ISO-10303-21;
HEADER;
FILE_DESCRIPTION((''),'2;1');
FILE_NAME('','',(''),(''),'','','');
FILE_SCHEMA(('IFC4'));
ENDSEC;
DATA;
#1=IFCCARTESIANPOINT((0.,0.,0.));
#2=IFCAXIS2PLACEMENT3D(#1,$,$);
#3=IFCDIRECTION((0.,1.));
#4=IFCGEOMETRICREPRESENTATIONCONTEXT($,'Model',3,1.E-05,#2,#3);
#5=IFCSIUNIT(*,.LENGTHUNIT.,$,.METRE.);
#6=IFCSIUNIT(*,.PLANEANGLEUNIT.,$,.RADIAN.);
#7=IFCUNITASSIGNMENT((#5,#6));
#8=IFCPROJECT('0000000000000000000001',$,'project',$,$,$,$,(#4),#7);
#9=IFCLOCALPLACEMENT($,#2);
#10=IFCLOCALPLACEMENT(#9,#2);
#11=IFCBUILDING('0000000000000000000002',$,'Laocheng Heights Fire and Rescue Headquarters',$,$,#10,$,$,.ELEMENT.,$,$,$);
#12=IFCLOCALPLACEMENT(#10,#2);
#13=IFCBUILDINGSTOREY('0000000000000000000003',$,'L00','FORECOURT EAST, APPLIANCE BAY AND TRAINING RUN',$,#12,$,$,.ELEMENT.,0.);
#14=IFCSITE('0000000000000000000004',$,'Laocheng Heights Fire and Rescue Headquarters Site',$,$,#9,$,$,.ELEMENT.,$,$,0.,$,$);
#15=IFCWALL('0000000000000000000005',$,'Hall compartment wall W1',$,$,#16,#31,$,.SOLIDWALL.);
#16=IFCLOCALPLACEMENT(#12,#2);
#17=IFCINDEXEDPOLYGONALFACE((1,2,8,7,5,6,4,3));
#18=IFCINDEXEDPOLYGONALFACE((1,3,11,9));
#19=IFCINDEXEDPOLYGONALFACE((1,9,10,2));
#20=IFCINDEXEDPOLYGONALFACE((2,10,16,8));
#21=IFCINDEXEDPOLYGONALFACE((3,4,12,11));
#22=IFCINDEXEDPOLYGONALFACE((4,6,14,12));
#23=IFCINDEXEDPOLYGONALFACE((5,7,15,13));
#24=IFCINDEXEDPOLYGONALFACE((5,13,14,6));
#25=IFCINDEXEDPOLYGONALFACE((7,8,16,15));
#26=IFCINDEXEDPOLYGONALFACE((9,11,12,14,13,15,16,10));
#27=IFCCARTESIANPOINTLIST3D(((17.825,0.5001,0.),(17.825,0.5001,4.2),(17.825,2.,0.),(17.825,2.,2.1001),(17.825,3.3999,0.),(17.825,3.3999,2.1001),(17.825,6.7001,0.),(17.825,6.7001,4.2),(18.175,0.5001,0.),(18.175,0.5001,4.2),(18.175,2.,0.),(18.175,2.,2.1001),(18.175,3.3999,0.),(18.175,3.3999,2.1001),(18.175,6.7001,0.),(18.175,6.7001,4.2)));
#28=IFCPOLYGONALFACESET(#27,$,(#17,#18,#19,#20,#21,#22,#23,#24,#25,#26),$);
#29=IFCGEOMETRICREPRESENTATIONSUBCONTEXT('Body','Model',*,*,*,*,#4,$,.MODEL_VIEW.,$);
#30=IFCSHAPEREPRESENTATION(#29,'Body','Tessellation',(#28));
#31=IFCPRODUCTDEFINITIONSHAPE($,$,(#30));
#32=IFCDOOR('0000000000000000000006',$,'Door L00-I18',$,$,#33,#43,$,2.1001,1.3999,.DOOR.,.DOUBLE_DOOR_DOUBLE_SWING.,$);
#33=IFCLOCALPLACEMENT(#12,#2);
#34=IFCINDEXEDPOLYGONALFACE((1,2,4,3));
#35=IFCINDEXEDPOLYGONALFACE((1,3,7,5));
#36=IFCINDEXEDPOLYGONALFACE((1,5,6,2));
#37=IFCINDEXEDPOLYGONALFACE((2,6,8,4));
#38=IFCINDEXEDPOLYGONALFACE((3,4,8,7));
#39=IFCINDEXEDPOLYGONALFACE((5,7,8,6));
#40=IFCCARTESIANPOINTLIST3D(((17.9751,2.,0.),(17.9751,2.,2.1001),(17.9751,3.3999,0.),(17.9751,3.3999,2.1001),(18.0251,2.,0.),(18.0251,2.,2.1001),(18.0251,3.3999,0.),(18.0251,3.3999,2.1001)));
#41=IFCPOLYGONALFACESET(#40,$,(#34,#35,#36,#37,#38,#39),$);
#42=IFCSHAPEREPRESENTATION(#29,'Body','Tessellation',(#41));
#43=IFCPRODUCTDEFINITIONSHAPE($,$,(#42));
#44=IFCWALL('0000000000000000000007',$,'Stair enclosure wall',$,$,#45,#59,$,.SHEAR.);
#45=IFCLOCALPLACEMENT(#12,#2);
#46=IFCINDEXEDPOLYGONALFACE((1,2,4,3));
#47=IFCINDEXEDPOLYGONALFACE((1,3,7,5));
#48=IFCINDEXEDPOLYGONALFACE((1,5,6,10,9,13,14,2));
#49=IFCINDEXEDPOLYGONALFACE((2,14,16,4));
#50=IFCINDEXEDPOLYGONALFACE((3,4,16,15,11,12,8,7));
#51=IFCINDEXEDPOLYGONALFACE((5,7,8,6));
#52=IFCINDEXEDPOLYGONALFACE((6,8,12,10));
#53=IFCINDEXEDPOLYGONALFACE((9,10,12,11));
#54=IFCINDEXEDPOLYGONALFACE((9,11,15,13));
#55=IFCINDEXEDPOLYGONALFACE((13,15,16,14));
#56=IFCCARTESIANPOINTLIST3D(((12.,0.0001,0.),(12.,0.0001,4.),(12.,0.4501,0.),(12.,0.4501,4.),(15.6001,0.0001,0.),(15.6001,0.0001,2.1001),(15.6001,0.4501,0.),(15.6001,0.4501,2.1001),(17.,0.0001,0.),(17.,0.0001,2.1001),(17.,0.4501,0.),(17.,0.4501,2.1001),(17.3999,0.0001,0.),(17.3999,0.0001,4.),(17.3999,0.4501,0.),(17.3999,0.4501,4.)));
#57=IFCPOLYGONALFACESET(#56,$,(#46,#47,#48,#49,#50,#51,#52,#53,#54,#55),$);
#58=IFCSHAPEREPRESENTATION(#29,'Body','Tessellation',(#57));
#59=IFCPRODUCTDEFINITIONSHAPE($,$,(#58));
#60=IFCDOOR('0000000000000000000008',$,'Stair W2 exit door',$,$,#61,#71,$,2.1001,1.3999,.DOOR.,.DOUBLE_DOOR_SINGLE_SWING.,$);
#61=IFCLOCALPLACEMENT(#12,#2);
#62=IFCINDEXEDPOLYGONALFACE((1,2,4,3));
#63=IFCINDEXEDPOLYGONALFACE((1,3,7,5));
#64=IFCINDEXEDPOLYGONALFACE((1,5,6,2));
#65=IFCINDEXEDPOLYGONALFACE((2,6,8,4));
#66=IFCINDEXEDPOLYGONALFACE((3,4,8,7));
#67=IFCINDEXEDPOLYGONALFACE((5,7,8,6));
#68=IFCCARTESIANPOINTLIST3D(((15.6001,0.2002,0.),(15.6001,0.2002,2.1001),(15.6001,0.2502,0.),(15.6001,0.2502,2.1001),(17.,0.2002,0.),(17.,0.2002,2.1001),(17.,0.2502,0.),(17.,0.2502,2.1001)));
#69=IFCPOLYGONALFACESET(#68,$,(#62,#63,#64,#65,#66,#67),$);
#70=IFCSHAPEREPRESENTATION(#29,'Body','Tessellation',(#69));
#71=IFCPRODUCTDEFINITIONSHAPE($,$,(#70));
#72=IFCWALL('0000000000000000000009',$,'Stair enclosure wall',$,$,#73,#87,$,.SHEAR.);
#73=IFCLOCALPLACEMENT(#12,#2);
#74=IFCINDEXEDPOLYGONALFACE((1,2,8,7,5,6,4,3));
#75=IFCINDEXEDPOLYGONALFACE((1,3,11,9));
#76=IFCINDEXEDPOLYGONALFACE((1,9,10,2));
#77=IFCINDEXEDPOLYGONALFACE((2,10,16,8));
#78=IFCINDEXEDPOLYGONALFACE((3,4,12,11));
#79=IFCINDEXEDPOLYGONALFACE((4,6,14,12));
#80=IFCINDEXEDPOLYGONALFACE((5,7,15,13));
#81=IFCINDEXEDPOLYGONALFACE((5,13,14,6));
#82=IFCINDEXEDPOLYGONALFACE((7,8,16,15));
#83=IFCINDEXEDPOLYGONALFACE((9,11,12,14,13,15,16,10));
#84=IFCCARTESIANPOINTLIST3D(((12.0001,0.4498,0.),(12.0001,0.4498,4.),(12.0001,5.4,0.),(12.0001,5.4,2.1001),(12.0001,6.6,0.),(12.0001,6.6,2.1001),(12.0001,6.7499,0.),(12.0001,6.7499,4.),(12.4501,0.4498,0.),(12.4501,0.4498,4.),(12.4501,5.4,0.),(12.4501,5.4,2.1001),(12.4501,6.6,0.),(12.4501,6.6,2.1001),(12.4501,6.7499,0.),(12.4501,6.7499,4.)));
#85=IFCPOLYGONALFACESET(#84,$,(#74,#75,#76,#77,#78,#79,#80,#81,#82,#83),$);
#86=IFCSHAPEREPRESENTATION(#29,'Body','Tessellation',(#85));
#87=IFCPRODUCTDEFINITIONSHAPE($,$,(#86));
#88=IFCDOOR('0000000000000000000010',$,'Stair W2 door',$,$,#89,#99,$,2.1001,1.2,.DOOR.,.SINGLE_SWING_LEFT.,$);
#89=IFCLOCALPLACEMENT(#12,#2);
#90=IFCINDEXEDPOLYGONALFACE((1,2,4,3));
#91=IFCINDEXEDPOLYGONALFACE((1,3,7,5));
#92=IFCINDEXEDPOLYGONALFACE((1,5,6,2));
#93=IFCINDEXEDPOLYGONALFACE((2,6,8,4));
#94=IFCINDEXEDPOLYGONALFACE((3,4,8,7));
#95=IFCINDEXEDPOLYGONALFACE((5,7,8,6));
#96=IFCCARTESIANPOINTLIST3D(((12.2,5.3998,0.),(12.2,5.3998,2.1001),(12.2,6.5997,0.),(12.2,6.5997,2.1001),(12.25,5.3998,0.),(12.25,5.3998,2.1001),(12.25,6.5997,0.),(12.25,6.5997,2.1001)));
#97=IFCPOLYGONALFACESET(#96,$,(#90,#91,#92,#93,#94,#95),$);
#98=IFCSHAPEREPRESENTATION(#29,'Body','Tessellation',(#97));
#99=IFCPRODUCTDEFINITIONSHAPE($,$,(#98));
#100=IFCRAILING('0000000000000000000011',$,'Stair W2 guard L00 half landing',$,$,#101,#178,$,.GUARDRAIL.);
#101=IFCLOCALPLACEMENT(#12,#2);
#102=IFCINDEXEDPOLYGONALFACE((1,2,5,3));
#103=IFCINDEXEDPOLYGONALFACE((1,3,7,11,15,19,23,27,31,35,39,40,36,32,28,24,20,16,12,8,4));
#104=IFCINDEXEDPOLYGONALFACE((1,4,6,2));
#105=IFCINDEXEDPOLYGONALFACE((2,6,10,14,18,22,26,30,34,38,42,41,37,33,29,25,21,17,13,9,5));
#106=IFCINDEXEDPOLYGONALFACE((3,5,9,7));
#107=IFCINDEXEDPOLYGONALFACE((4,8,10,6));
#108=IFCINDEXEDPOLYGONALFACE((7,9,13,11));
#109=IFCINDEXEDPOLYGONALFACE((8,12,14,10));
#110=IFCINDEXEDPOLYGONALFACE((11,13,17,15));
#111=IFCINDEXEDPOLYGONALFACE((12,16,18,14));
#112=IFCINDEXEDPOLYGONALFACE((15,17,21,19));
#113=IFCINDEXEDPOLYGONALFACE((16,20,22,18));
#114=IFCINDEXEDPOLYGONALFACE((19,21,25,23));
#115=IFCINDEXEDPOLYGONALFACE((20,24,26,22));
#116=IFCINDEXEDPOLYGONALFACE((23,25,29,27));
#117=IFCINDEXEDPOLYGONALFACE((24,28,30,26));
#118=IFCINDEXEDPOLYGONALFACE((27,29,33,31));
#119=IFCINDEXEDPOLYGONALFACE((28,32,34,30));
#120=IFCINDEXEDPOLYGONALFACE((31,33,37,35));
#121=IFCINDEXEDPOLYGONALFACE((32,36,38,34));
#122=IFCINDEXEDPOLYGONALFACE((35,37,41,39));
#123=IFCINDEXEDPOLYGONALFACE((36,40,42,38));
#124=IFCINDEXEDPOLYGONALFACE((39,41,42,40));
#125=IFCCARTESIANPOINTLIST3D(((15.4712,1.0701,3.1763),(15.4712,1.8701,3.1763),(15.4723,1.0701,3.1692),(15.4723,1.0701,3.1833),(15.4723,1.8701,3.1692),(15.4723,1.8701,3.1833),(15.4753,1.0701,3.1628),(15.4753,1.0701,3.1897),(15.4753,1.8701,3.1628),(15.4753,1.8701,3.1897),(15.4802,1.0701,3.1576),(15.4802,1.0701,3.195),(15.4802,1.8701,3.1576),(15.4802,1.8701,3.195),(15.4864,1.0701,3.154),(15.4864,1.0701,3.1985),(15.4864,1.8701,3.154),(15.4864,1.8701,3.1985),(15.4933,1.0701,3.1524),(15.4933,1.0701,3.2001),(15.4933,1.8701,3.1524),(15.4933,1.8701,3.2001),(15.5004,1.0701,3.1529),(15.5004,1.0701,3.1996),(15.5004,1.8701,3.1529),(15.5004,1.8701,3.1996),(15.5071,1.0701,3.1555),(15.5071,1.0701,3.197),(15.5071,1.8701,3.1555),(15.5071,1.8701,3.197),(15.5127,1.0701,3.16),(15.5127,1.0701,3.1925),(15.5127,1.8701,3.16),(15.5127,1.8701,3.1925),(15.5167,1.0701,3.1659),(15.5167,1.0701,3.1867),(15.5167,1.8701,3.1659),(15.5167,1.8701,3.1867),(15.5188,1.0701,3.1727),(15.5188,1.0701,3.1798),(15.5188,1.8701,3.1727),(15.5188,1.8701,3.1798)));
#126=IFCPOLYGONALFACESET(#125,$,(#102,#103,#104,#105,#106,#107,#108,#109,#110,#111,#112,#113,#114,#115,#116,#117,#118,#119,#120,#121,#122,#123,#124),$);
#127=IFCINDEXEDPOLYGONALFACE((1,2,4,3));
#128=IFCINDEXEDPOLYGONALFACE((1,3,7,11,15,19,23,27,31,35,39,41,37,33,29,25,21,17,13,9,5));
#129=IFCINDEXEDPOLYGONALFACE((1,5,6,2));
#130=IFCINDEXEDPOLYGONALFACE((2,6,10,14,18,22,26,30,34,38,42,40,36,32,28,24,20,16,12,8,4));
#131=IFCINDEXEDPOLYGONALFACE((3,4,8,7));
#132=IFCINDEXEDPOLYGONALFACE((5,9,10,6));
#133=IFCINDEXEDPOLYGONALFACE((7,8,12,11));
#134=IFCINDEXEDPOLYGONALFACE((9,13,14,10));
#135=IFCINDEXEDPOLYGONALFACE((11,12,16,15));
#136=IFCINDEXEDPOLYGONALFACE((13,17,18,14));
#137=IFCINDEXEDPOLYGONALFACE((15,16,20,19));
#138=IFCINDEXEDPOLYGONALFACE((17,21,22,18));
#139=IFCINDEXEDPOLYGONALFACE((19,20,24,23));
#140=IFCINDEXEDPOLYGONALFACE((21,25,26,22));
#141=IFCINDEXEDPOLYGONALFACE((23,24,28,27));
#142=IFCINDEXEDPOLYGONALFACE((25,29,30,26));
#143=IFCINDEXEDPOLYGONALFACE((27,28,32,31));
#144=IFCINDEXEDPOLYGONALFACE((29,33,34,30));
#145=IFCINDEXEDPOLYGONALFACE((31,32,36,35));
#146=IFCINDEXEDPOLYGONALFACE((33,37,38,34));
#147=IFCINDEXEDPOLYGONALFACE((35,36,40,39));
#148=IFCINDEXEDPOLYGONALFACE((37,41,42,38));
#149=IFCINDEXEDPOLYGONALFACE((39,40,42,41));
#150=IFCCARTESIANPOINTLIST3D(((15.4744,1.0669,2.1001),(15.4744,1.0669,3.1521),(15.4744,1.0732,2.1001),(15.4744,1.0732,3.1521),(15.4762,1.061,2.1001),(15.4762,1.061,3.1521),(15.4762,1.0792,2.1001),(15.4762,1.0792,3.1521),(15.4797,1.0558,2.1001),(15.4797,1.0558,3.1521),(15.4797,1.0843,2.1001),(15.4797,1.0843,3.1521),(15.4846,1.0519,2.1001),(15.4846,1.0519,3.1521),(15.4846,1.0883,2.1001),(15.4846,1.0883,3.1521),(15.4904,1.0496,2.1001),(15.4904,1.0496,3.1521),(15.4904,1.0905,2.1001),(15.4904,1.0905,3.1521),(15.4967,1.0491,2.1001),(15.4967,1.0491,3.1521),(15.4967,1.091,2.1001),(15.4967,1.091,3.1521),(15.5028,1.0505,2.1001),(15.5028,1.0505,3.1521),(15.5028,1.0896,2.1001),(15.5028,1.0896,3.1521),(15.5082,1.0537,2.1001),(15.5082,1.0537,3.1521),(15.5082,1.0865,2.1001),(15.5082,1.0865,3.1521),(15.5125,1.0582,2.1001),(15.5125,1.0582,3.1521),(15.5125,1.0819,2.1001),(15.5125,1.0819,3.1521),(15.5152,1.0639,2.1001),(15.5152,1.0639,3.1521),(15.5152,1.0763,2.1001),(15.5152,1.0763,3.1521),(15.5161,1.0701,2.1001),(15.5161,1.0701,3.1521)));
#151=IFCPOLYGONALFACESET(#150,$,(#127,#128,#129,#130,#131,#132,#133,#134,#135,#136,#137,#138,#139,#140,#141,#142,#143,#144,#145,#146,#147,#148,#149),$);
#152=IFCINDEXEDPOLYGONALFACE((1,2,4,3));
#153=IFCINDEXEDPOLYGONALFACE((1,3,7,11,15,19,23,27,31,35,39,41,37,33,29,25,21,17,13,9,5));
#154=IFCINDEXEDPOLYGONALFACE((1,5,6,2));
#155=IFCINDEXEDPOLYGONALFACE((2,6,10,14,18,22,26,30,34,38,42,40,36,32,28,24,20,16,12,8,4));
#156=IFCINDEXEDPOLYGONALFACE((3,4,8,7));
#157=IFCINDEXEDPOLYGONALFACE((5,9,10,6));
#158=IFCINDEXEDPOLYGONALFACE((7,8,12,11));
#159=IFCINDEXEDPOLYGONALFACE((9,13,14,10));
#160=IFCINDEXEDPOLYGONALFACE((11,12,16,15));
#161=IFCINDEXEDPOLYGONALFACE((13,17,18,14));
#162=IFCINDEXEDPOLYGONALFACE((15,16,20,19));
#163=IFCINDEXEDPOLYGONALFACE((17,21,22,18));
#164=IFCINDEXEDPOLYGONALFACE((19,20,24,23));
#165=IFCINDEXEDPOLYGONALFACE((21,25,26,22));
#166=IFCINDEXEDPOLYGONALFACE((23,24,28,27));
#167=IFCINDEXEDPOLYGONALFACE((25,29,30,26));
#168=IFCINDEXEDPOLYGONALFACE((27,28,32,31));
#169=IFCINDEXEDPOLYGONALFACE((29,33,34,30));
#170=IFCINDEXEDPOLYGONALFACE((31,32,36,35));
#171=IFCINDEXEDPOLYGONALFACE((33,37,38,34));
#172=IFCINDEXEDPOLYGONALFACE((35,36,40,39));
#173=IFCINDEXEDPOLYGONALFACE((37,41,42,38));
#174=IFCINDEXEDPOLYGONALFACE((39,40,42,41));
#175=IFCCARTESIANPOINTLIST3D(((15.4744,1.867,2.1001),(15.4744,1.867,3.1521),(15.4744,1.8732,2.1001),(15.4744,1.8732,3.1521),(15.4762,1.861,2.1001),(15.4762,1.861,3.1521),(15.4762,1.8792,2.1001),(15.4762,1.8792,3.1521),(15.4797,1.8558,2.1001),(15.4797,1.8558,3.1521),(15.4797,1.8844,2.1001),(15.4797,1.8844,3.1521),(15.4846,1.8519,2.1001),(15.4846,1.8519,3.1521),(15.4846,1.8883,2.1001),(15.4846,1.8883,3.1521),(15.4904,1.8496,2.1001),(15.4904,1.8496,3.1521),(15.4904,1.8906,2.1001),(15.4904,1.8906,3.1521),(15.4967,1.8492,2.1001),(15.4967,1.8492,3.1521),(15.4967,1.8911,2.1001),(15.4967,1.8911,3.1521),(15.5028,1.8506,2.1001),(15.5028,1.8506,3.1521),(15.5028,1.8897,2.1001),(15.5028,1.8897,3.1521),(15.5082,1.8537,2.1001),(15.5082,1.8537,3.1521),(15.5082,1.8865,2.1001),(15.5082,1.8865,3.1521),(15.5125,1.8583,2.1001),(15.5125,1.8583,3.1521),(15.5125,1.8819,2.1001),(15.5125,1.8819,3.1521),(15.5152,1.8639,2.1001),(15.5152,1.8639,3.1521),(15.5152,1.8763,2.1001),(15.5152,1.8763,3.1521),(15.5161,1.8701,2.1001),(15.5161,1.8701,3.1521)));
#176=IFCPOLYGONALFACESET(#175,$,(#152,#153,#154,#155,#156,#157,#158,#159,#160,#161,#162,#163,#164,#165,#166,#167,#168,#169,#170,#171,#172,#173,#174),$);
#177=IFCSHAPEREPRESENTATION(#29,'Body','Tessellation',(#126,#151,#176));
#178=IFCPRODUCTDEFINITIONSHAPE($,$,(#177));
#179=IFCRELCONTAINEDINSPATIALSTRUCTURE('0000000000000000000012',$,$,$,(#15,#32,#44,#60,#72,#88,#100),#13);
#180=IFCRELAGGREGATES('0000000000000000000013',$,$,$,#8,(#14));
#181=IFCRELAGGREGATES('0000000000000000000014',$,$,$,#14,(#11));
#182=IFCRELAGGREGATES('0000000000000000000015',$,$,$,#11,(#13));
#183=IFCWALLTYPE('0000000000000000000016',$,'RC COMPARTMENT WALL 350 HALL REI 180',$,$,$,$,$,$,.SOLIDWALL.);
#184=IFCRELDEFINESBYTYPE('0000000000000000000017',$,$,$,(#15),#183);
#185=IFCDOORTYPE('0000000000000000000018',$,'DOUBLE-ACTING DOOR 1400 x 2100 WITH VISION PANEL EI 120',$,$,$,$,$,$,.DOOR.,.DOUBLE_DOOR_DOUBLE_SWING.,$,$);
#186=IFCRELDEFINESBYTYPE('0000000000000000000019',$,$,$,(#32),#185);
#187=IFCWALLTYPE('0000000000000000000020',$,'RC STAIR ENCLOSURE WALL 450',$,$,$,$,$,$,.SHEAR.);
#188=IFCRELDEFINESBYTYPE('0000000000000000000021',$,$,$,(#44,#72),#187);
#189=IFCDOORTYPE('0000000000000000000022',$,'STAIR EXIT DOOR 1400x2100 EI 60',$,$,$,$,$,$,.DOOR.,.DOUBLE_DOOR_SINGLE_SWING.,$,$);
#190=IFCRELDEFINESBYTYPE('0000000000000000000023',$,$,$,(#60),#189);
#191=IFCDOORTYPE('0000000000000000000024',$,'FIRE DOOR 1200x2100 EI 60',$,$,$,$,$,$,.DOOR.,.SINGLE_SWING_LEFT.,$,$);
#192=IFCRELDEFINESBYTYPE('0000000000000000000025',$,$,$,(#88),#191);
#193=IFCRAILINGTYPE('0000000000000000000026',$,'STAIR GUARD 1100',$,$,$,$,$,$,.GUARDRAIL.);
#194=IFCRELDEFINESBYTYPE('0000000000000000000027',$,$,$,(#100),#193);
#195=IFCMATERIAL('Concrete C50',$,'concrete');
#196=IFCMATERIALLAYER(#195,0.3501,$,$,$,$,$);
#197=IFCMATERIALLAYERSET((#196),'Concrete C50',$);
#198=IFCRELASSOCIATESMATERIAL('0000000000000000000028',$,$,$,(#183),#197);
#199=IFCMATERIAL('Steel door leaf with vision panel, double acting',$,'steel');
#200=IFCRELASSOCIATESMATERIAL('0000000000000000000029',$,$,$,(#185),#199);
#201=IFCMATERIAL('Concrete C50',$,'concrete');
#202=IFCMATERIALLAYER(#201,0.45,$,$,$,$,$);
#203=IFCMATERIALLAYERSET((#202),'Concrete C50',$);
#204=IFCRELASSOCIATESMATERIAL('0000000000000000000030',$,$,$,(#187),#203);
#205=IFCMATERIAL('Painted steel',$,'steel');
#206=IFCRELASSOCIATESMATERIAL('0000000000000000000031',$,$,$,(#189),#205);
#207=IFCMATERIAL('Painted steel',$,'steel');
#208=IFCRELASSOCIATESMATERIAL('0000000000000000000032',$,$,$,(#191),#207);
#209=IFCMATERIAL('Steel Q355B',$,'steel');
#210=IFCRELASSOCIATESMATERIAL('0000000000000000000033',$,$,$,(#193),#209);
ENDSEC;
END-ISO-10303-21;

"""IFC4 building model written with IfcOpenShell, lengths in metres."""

from ifc_helpers import new_model, si_unit, direction, frame, frame_2d, origin, origin_2d, place, context, subcontext, project, spatial, rectangle, circle, extrude, material, layer, layer_set, type_object, element, fill, save


model = new_model("IFC4")

# Units and contexts
model_context = context("Model", 3, precision=1e-05, world=origin(), true_north=direction((0.0, 1.0)))
body_context = subcontext(model_context, "Body", "Model", "MODEL_VIEW")
ifc_project = project(units=[si_unit("LENGTHUNIT", "METRE"), si_unit("PLANEANGLEUNIT", "RADIAN")], contexts=[model_context])

# Site, building, storey
site_placement = place(None, origin())
site = spatial("IfcSite", under=ifc_project, at=site_placement, Name="Laocheng Heights Fire and Rescue Headquarters Site", CompositionType="ELEMENT", RefElevation=0.0)
building_placement = place(site_placement, origin())
building = spatial("IfcBuilding", under=site, at=building_placement, Name="Laocheng Heights Fire and Rescue Headquarters", CompositionType="ELEMENT")
storey_placement = place(building_placement, origin())
storey = spatial("IfcBuildingStorey", under=building, at=storey_placement, Name="L00", Description="FORECOURT EAST, APPLIANCE BAY AND TRAINING RUN", CompositionType="ELEMENT", Elevation=0.0)

# Walls, openings, doors
ifc_material_1 = material(Name="Concrete C50", Category="concrete")
ifc_layer_1 = layer(ifc_material_1, 0.3501)
ifc_layer_set_1 = layer_set([ifc_layer_1], Name="Concrete C50")
wall_type_1 = type_object("IfcWallType", Name="RC COMPARTMENT WALL 350 HALL REI 180", PredefinedType="SOLIDWALL", material=ifc_layer_set_1)
wall_1_placement = place(storey_placement, frame((18.0, 0.5, 0.0), z_axis=(0.0, 0.0, 1.0), x_axis=(0.0, 1.0, 0.0)))
wall_1 = element("IfcWall", 1, at=wall_1_placement, inside=storey, type_object=wall_type_1, Name="Hall compartment wall W1", PredefinedType="SOLIDWALL", context=body_context, shape_type="SweptSolid", body=[
    extrude(rectangle(XDim=6.2, YDim=0.3501, at=frame_2d((3.1001, 0.0))), origin(), (0.0, 0.0, 1.0), 4.2),
])
opening_1_placement = place(wall_1_placement, frame((1.5, 0.0, 0.0)))
opening_1 = element("IfcOpeningElement", 2, at=opening_1_placement, cuts=wall_1, PredefinedType="OPENING", context=body_context, shape_type="SweptSolid", body=[
    extrude(rectangle(XDim=1.3999, YDim=2.1001, at=frame_2d((0.7, 1.05))), frame((0.0, 0.1851, 0.0), z_axis=(0.0, -1.0, 0.0), x_axis=(1.0, 0.0, 0.0)), (0.0, 0.0, 1.0), 0.3701),
])
ifc_material_2 = material(Name="Steel door leaf with vision panel, double acting", Category="steel")
door_type_1 = type_object("IfcDoorType", Name="DOUBLE-ACTING DOOR 1400 x 2100 WITH VISION PANEL EI 120", OperationType="DOUBLE_DOOR_DOUBLE_SWING", PredefinedType="DOOR", material=ifc_material_2)
door_1_placement = place(opening_1_placement, origin())
door_1 = element("IfcDoor", 3, at=door_1_placement, inside=storey, type_object=door_type_1, Name="Door L00-I18", OperationType="DOUBLE_DOOR_DOUBLE_SWING", OverallHeight=2.1001, OverallWidth=1.3999, PredefinedType="DOOR", context=body_context, shape_type="SweptSolid", body=[
    extrude(rectangle(XDim=1.3999, YDim=2.1001, at=frame_2d((0.7, 1.05))), frame((0.0, 0.0249, 0.0), z_axis=(0.0, -1.0, 0.0), x_axis=(1.0, 0.0, 0.0)), (0.0, 0.0, 1.0), 0.05),
])
fill(opening_1, door_1)
ifc_material_3 = material(Name="Concrete C50", Category="concrete")
ifc_layer_2 = layer(ifc_material_3, 0.45)
ifc_layer_set_2 = layer_set([ifc_layer_2], Name="Concrete C50")
wall_type_2 = type_object("IfcWallType", Name="RC STAIR ENCLOSURE WALL 450", PredefinedType="SHEAR", material=ifc_layer_set_2)
wall_2_placement = place(storey_placement, frame((12.0, 0.2251, 0.0), z_axis=(0.0, 0.0, 1.0), x_axis=(1.0, 0.0, 0.0)))
wall_2 = element("IfcWall", 4, at=wall_2_placement, inside=storey, type_object=wall_type_2, Name="Stair enclosure wall", PredefinedType="SHEAR", context=body_context, shape_type="SweptSolid", body=[
    extrude(rectangle(XDim=5.3999, YDim=0.45, at=frame_2d((2.7, 0.0))), origin(), (0.0, 0.0, 1.0), 4.0),
])
opening_2_placement = place(wall_2_placement, frame((3.6001, 0.0, 0.0)))
opening_2 = element("IfcOpeningElement", 5, at=opening_2_placement, cuts=wall_2, PredefinedType="OPENING", context=body_context, shape_type="SweptSolid", body=[
    extrude(rectangle(XDim=1.3999, YDim=2.1001, at=frame_2d((0.7, 1.05))), frame((0.0, 0.2349, 0.0), z_axis=(0.0, -1.0, 0.0), x_axis=(1.0, 0.0, 0.0)), (0.0, 0.0, 1.0), 0.47),
])
ifc_material_4 = material(Name="Painted steel", Category="steel")
door_type_2 = type_object("IfcDoorType", Name="STAIR EXIT DOOR 1400x2100 EI 60", OperationType="DOUBLE_DOOR_SINGLE_SWING", PredefinedType="DOOR", material=ifc_material_4)
door_2_placement = place(opening_2_placement, frame((1.3999, 0.0, 0.0), z_axis=(0.0, 0.0, 1.0), x_axis=(-1.0, 0.0, 0.0)))
door_2 = element("IfcDoor", 6, at=door_2_placement, inside=storey, type_object=door_type_2, Name="Stair W2 exit door", OperationType="DOUBLE_DOOR_SINGLE_SWING", OverallHeight=2.1001, OverallWidth=1.3999, PredefinedType="DOOR", context=body_context, shape_type="SweptSolid", body=[
    extrude(rectangle(XDim=1.3999, YDim=2.1001, at=frame_2d((0.7, 1.05))), frame((0.0, 0.0249, 0.0), z_axis=(0.0, -1.0, 0.0), x_axis=(1.0, 0.0, 0.0)), (0.0, 0.0, 1.0), 0.05),
])
fill(opening_2, door_2)
wall_3_placement = place(storey_placement, frame((12.2251, 0.45, 0.0), z_axis=(0.0, 0.0, 1.0), x_axis=(0.0, 1.0, 0.0)))
wall_3 = element("IfcWall", 7, at=wall_3_placement, inside=storey, type_object=wall_type_2, Name="Stair enclosure wall", PredefinedType="SHEAR", context=body_context, shape_type="SweptSolid", body=[
    extrude(rectangle(XDim=6.3, YDim=0.45, at=frame_2d((3.1499, 0.0))), origin(), (0.0, 0.0, 1.0), 4.0),
])
opening_3_placement = place(wall_3_placement, frame((4.95, 0.0, 0.0)))
opening_3 = element("IfcOpeningElement", 8, at=opening_3_placement, cuts=wall_3, PredefinedType="OPENING", context=body_context, shape_type="SweptSolid", body=[
    extrude(rectangle(XDim=1.2, YDim=2.1001, at=frame_2d((0.6001, 1.05))), frame((0.0, 0.2349, 0.0), z_axis=(0.0, -1.0, 0.0), x_axis=(1.0, 0.0, 0.0)), (0.0, 0.0, 1.0), 0.47),
])
ifc_material_5 = material(Name="Painted steel", Category="steel")
door_type_3 = type_object("IfcDoorType", Name="FIRE DOOR 1200x2100 EI 60", OperationType="SINGLE_SWING_LEFT", PredefinedType="DOOR", material=ifc_material_5)
door_3_placement = place(opening_3_placement, frame((1.2, 0.0, 0.0), z_axis=(0.0, 0.0, 1.0), x_axis=(-1.0, 0.0, 0.0)))
door_3 = element("IfcDoor", 9, at=door_3_placement, inside=storey, type_object=door_type_3, Name="Stair W2 door", OperationType="SINGLE_SWING_LEFT", OverallHeight=2.1001, OverallWidth=1.2, PredefinedType="DOOR", context=body_context, shape_type="SweptSolid", body=[
    extrude(rectangle(XDim=1.2, YDim=2.1001, at=frame_2d((0.6001, 1.05))), frame((0.0, 0.0249, 0.0), z_axis=(0.0, -1.0, 0.0), x_axis=(1.0, 0.0, 0.0)), (0.0, 0.0, 1.0), 0.05),
])
fill(opening_3, door_3)

# Railing
ifc_material_6 = material(Name="Steel Q355B", Category="steel")
railing_type = type_object("IfcRailingType", Name="STAIR GUARD 1100", PredefinedType="GUARDRAIL", material=ifc_material_6)
railing_1_placement = place(storey_placement, frame((15.4951, 1.0701, 2.1001)))
element("IfcRailing", 10, at=railing_1_placement, inside=storey, type_object=railing_type, Name="Stair W2 guard L00 half landing", PredefinedType="GUARDRAIL", context=body_context, shape_type="SweptSolid", body=[
    extrude(circle(Radius=0.0239, at=origin_2d()), frame((0.0, 0.0, 1.0762), z_axis=(0.0, 1.0, 0.0), x_axis=(-1.0, 0.0, 0.0)), (0.0, 0.0, 1.0), 0.8),
    extrude(circle(Radius=0.021, at=origin_2d()), origin(), (0.0, 0.0, 1.0), 1.052),
    extrude(circle(Radius=0.021, at=origin_2d()), frame((0.0, 0.8, 0.0)), (0.0, 0.0, 1.0), 1.052),
])

save(model, "model.ifc")
